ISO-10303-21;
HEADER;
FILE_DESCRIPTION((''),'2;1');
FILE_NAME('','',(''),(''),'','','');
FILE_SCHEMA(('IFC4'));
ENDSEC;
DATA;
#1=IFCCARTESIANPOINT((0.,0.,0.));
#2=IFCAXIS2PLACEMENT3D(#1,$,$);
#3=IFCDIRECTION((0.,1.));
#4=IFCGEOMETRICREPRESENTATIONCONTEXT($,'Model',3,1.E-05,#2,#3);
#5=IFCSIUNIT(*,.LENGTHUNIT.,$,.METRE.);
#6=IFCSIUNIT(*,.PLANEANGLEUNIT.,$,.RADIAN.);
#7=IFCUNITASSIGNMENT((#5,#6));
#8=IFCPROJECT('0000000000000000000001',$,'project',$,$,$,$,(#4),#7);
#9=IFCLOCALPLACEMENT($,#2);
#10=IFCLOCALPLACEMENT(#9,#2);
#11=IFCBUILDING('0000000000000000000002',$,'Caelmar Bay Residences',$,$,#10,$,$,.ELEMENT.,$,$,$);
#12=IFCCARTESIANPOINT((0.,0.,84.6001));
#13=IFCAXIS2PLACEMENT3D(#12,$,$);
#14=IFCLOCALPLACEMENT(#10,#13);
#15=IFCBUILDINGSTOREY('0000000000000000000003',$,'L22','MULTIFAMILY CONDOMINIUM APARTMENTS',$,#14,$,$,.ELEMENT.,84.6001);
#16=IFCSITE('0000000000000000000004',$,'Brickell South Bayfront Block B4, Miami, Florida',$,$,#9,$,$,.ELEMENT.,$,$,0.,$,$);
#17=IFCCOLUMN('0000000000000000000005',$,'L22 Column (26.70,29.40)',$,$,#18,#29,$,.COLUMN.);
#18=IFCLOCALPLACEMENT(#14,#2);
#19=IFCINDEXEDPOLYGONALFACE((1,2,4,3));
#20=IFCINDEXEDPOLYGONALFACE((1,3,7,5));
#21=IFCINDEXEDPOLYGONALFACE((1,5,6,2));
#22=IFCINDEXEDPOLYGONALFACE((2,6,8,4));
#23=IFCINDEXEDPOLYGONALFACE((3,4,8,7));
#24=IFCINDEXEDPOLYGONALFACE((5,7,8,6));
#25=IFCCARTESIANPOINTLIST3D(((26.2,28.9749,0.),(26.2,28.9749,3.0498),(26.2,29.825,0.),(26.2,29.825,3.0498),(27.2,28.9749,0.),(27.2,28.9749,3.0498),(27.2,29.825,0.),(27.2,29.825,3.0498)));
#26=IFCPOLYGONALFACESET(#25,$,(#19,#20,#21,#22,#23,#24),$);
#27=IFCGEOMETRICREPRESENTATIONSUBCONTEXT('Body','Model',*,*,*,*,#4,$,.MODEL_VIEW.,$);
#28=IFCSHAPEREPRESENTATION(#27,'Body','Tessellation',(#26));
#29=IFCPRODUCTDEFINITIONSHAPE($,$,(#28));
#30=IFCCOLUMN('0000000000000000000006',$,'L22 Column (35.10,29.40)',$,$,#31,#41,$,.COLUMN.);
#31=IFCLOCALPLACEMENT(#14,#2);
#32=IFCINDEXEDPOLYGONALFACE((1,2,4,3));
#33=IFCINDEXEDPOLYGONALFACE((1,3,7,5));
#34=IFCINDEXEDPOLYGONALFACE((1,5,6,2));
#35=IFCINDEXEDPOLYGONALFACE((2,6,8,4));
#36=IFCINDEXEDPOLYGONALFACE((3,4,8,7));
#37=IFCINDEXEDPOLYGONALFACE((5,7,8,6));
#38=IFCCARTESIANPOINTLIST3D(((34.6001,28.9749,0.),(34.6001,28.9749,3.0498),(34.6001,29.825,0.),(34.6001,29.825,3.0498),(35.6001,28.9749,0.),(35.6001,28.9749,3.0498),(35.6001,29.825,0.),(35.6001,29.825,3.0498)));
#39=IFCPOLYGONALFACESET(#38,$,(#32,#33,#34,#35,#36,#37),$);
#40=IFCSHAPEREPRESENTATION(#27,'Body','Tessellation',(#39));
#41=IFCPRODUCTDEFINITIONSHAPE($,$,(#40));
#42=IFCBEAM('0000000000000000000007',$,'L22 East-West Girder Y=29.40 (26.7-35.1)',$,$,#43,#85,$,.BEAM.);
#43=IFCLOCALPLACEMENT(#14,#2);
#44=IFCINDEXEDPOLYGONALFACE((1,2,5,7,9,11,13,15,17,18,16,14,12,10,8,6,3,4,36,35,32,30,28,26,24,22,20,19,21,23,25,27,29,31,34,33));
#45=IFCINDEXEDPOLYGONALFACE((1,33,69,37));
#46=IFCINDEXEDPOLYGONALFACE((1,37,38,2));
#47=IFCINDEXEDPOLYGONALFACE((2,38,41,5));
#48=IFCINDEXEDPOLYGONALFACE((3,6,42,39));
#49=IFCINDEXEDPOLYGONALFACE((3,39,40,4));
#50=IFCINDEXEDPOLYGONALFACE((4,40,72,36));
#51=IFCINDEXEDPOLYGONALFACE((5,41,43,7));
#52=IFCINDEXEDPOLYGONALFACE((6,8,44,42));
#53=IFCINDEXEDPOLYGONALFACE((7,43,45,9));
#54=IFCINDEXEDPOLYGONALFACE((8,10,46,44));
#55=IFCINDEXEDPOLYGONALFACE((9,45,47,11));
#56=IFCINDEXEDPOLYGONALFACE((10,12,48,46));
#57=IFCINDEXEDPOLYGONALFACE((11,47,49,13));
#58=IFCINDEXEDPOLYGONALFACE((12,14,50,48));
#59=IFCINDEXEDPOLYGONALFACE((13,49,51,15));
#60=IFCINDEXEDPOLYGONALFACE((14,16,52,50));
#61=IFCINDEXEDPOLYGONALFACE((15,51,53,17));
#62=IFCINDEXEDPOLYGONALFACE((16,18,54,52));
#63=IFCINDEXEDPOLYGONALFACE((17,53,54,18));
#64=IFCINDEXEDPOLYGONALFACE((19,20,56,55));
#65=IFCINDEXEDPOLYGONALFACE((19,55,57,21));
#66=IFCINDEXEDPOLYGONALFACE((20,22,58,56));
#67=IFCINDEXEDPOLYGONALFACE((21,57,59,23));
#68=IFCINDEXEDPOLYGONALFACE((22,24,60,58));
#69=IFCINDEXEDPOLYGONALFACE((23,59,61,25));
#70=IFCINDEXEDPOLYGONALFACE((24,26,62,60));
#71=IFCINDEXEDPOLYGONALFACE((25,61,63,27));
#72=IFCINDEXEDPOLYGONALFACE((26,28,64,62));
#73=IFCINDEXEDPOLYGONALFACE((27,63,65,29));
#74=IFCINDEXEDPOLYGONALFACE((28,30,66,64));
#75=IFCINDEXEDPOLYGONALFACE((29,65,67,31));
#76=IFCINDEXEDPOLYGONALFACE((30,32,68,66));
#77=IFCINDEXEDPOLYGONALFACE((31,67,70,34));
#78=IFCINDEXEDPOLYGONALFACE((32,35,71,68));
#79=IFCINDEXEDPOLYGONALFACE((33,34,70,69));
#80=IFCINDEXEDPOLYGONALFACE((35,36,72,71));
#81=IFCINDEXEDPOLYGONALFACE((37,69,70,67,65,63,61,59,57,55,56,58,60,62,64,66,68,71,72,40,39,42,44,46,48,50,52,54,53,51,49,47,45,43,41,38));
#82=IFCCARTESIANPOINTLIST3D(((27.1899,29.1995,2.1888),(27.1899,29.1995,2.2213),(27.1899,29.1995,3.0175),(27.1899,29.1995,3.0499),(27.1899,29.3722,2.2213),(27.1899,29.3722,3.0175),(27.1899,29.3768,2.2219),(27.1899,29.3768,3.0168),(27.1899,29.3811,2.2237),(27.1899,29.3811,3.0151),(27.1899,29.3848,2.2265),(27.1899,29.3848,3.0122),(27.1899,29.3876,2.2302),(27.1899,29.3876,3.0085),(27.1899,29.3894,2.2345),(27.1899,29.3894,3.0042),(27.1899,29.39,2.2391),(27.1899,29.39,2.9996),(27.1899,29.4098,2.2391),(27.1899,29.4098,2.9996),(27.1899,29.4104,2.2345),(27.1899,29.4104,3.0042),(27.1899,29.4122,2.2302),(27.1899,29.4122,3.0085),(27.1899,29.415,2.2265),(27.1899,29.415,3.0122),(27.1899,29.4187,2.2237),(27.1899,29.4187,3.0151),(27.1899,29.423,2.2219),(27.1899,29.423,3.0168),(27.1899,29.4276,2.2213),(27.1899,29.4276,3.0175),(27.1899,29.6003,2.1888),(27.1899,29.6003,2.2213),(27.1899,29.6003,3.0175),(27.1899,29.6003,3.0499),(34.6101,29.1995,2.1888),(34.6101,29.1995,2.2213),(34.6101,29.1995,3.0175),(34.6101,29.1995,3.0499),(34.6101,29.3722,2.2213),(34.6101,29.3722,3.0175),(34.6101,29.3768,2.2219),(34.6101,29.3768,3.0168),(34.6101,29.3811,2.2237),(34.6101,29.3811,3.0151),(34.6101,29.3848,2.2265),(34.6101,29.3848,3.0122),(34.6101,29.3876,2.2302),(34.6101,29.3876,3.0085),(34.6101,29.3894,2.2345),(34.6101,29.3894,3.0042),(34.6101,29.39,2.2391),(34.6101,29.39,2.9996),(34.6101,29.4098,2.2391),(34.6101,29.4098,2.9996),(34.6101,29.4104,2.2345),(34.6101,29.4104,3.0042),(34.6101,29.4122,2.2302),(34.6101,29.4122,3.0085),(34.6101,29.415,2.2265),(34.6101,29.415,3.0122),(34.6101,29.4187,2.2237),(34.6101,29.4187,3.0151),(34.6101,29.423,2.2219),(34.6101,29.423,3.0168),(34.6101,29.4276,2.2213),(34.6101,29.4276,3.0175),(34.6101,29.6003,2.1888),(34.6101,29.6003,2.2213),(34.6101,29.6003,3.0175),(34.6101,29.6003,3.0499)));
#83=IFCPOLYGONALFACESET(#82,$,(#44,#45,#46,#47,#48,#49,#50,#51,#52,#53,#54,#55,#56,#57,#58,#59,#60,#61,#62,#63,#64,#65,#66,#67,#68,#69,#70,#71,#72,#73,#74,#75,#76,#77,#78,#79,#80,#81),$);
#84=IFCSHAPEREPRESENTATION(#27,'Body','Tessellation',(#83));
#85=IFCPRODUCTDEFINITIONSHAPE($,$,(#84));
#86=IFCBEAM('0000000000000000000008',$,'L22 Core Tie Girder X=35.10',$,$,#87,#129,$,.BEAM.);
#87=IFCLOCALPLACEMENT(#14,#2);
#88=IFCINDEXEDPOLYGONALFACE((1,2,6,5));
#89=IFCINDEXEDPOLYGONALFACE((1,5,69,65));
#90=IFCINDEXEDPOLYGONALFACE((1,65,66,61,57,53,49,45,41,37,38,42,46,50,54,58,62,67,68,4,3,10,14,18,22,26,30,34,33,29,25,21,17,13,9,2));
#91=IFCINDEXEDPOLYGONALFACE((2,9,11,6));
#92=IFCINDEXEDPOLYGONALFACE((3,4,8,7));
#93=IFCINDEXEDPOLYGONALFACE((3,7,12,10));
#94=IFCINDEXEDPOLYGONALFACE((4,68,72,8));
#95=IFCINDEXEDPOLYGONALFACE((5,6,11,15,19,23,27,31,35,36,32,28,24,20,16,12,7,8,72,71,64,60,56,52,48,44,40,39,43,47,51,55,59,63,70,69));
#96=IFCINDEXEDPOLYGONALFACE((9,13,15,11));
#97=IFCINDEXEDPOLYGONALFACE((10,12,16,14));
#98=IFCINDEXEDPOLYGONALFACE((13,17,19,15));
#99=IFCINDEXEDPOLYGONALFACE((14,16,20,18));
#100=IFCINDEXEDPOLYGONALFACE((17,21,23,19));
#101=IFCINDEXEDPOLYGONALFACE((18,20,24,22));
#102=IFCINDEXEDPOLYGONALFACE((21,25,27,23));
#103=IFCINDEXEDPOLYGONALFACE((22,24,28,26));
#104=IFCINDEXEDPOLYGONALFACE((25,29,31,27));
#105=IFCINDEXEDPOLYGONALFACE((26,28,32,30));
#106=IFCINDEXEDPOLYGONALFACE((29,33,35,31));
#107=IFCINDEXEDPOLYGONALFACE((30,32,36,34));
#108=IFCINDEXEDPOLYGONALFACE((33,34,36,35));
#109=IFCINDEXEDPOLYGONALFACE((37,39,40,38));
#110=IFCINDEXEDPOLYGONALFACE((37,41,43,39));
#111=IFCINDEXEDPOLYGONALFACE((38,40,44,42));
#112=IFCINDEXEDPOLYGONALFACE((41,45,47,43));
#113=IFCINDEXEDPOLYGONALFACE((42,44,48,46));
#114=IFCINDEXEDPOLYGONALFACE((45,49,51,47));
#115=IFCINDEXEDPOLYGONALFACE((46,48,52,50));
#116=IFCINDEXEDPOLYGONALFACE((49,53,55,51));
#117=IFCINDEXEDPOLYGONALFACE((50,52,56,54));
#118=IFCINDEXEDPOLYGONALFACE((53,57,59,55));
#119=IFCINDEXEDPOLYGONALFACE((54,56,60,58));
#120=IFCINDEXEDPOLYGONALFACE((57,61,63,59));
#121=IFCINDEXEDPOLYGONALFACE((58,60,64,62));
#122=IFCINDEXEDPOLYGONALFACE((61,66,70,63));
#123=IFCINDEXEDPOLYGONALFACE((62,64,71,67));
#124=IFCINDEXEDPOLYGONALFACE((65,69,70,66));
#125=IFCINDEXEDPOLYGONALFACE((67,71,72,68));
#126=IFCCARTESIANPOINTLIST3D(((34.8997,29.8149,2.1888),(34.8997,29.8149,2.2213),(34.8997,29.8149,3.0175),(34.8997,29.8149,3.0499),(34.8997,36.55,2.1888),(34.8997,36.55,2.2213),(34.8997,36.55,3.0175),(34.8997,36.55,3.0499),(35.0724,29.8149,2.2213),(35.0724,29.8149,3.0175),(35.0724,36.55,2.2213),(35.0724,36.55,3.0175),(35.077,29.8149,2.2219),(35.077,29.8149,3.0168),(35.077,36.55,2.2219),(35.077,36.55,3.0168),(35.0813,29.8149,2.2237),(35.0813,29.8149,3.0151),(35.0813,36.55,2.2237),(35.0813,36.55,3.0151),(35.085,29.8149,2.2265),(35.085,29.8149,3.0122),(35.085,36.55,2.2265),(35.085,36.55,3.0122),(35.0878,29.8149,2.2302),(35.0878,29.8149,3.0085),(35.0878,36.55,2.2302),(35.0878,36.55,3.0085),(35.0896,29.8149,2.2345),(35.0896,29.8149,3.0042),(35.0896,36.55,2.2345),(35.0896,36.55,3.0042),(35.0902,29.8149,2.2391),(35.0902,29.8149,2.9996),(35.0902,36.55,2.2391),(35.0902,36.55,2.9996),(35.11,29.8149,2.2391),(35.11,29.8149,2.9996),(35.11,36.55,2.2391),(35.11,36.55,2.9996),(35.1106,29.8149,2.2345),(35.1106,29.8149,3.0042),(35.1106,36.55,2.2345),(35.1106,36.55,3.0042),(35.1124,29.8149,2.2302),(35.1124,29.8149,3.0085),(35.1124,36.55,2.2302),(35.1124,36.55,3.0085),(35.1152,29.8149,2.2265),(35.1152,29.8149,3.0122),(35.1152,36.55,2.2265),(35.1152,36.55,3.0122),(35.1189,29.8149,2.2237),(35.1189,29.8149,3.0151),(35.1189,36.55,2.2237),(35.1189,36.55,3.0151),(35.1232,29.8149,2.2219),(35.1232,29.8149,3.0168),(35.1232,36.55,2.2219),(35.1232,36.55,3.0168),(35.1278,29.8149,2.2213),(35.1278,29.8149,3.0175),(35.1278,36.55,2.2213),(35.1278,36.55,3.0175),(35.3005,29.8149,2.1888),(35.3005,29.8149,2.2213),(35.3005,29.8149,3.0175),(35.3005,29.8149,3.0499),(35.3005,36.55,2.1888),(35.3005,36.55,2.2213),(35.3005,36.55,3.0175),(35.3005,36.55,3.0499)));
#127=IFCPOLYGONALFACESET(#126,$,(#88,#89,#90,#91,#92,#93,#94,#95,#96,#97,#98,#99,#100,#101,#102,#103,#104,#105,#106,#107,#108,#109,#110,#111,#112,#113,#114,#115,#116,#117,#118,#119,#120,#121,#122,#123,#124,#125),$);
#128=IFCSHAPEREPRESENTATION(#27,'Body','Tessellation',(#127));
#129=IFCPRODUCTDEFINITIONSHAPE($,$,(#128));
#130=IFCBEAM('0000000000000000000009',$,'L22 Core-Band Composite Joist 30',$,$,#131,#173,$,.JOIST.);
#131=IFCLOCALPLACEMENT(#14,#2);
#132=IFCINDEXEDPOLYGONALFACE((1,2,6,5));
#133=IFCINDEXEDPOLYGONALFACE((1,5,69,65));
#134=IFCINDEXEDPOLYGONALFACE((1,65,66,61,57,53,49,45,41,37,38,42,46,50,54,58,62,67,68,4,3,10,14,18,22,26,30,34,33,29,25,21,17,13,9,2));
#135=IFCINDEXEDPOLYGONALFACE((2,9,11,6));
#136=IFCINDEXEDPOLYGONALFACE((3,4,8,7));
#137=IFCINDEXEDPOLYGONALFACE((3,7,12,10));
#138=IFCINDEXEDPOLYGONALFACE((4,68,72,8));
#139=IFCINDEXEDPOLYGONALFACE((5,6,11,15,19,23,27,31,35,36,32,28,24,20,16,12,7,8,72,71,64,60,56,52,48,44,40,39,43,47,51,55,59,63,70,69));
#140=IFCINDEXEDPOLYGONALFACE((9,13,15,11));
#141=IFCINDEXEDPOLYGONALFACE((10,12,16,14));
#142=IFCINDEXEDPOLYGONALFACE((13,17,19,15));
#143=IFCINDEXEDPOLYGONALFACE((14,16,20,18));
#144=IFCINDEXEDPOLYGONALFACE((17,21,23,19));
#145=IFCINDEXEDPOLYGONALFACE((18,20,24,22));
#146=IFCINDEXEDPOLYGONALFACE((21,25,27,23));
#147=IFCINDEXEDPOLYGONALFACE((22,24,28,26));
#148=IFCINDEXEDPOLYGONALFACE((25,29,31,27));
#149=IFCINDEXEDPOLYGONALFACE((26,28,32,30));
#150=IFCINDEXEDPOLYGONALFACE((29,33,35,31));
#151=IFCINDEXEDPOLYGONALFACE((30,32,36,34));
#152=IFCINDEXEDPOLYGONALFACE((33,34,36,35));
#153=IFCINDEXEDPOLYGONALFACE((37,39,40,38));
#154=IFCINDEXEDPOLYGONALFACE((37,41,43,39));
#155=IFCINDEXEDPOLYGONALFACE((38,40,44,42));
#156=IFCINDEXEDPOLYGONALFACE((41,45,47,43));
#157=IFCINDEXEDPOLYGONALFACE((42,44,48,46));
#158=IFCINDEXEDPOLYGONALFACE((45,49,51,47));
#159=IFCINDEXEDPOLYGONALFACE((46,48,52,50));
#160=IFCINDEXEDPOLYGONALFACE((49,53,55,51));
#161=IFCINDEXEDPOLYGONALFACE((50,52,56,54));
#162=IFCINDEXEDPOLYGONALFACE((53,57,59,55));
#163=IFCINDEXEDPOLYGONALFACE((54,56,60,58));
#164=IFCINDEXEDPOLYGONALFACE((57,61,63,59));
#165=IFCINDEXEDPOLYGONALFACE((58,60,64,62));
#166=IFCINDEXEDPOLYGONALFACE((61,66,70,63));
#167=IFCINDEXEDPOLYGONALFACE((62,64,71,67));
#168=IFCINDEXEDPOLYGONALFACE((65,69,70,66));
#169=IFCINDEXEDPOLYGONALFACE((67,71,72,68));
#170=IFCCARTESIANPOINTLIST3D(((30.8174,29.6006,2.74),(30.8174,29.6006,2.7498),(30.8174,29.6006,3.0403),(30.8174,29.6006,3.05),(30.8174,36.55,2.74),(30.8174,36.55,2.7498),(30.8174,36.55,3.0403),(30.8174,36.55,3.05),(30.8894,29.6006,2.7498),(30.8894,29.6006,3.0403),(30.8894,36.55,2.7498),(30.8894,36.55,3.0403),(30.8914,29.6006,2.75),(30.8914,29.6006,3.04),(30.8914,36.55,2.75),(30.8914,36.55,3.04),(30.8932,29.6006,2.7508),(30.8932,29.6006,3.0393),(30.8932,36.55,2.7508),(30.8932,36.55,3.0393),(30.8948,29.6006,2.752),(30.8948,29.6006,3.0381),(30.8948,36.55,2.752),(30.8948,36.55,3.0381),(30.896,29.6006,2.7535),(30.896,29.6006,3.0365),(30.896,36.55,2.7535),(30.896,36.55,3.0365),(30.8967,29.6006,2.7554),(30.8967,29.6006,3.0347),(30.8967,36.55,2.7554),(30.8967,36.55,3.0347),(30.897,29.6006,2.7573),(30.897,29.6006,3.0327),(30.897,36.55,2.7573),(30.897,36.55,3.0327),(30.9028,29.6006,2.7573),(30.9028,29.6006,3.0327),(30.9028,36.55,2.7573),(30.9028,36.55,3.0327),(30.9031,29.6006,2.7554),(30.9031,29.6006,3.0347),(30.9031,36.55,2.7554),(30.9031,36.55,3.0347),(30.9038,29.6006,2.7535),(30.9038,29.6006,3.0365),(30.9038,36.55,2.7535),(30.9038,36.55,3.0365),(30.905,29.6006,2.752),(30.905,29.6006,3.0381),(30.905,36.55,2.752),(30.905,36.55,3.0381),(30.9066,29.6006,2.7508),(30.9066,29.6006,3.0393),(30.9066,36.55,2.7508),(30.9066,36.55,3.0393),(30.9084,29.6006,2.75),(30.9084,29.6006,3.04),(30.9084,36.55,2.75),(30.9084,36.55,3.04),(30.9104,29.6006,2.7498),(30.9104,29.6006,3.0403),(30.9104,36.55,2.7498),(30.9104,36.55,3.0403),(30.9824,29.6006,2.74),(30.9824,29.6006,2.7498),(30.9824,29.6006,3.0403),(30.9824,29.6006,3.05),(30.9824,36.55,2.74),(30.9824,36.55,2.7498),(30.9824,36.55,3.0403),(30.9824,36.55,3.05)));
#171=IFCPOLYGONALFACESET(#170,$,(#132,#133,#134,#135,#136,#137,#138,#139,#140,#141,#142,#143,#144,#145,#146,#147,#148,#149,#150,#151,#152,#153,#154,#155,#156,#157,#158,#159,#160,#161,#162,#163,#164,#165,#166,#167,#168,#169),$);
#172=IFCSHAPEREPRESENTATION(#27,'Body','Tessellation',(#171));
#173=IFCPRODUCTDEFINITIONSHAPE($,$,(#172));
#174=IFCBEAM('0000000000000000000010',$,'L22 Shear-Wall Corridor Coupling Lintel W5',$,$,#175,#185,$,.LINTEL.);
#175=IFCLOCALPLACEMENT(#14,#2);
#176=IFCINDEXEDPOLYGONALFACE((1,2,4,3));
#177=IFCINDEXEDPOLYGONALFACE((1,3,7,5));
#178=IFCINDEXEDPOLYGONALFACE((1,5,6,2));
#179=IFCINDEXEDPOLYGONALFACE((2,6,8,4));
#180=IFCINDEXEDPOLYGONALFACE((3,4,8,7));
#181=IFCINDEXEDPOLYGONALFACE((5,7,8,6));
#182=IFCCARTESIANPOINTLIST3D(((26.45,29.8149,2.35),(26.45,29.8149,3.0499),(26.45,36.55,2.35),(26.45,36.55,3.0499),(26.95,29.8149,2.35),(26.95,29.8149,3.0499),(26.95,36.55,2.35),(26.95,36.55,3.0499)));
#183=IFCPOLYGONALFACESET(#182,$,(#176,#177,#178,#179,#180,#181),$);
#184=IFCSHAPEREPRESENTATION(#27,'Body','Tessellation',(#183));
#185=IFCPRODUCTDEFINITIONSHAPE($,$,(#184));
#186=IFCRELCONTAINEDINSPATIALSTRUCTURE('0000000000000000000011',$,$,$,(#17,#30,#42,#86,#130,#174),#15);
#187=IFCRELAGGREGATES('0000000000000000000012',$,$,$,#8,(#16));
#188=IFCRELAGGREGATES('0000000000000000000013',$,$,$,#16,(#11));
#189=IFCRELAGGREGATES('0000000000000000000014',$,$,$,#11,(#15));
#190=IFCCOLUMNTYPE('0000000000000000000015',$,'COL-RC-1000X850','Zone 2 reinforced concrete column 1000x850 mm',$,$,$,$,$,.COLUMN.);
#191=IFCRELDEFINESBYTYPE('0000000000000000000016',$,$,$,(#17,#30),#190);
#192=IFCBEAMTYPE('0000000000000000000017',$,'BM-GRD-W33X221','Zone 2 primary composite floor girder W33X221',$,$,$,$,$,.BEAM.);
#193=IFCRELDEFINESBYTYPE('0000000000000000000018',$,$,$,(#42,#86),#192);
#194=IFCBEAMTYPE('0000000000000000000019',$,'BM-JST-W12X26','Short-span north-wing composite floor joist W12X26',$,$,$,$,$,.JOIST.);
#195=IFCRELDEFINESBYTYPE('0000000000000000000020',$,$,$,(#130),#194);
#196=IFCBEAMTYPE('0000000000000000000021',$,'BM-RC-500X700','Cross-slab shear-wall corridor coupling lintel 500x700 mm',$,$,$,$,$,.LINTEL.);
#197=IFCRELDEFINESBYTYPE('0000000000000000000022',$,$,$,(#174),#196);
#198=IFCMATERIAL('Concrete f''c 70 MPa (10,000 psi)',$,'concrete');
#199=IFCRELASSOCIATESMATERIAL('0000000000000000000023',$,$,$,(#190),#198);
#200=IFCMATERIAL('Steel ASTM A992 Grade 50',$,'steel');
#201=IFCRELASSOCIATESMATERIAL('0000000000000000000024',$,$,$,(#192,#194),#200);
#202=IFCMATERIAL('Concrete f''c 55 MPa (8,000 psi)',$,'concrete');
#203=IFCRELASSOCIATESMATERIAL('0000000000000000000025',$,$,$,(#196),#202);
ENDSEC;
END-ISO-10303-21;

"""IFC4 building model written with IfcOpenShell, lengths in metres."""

from ifc_helpers import new_model, si_unit, direction, frame, origin, origin_2d, place, context, subcontext, project, spatial, rectangle, i_section, extrude, material, material_profile, profile_set, type_object, element, save


model = new_model("IFC4")

# Units and contexts
model_context = context("Model", 3, precision=1e-05, world=origin(), true_north=direction((0.0, 1.0)))
body_context = subcontext(model_context, "Body", "Model", "MODEL_VIEW")
ifc_project = project(units=[si_unit("LENGTHUNIT", "METRE"), si_unit("PLANEANGLEUNIT", "RADIAN")], contexts=[model_context])

# Site, building, storey
site_placement = place(None, origin())
site = spatial("IfcSite", under=ifc_project, at=site_placement, Name="Brickell South Bayfront Block B4, Miami, Florida", CompositionType="ELEMENT", RefElevation=0.0)
building_placement = place(site_placement, origin())
building = spatial("IfcBuilding", under=site, at=building_placement, Name="Caelmar Bay Residences", CompositionType="ELEMENT")
storey_placement = place(building_placement, frame((0.0, 0.0, 84.6001)))
storey = spatial("IfcBuildingStorey", under=building, at=storey_placement, Name="L22", Description="MULTIFAMILY CONDOMINIUM APARTMENTS", CompositionType="ELEMENT", Elevation=84.6001)

# Columns
ifc_material_1 = material(Name="Concrete f'c 70 MPa (10,000 psi)", Category="concrete")
ifc_material_profile_1 = material_profile(ifc_material_1, rectangle(XDim=1.0, YDim=0.8501, at=origin_2d()), Name="RC-COL-1000X850")
ifc_profile_set_1 = profile_set([ifc_material_profile_1], Name="Concrete f'c 70 MPa (10,000 psi)")
column_type = type_object("IfcColumnType", Name="COL-RC-1000X850", Description="Zone 2 reinforced concrete column 1000x850 mm", PredefinedType="COLUMN", material=ifc_profile_set_1)
for number, where, z_axis, x_axis, name in (
    (1, (26.7, 29.3999, 0.0), (0.0, 0.0, 1.0), (1.0, 0.0, 0.0), "L22 Column (26.70,29.40)"),
    (2, (35.1001, 29.3999, 0.0), (0.0, 0.0, 1.0), (1.0, 0.0, 0.0), "L22 Column (35.10,29.40)"),
):
    element("IfcColumn", number, at=place(storey_placement, frame(where, z_axis=z_axis, x_axis=x_axis)), inside=storey, type_object=column_type, Name=name, PredefinedType="COLUMN", context=body_context, shape_type="SweptSolid", body=[
        extrude(rectangle(XDim=1.0, YDim=0.8501, at=origin_2d()), origin(), (0.0, 0.0, 1.0), 3.0498),
    ])

# Beams
ifc_material_2 = material(Name="Steel ASTM A992 Grade 50", Category="steel")
ifc_material_profile_2 = material_profile(ifc_material_2, i_section(OverallWidth=0.4009, OverallDepth=0.8611, WebThickness=0.0198, FlangeThickness=0.0325, FilletRadius=0.0178, at=origin_2d()), Name="W33X221")
ifc_profile_set_2 = profile_set([ifc_material_profile_2], Name="Steel ASTM A992 Grade 50")
beam_type_1 = type_object("IfcBeamType", Name="BM-GRD-W33X221", Description="Zone 2 primary composite floor girder W33X221", PredefinedType="BEAM", material=ifc_profile_set_2)
beam_1_placement = place(storey_placement, frame((27.1899, 29.3999, 2.6194), z_axis=(1.0, 0.0, 0.0), x_axis=(0.0, 1.0, 0.0)))
element("IfcBeam", 3, at=beam_1_placement, inside=storey, type_object=beam_type_1, Name="L22 East-West Girder Y=29.40 (26.7-35.1)", PredefinedType="BEAM", context=body_context, shape_type="SweptSolid", body=[
    extrude(i_section(OverallWidth=0.4009, OverallDepth=0.8611, WebThickness=0.0198, FlangeThickness=0.0325, FilletRadius=0.0178, at=origin_2d()), origin(), (0.0, 0.0, 1.0), 7.4202),
])
beam_2_placement = place(storey_placement, frame((35.1001, 29.8149, 2.6194), z_axis=(0.0, 1.0, 0.0), x_axis=(-1.0, 0.0, 0.0)))
element("IfcBeam", 4, at=beam_2_placement, inside=storey, type_object=beam_type_1, Name="L22 Core Tie Girder X=35.10", PredefinedType="BEAM", context=body_context, shape_type="SweptSolid", body=[
    extrude(i_section(OverallWidth=0.4009, OverallDepth=0.8611, WebThickness=0.0198, FlangeThickness=0.0325, FilletRadius=0.0178, at=origin_2d()), origin(), (0.0, 0.0, 1.0), 6.7351),
])
ifc_material_profile_3 = material_profile(ifc_material_2, i_section(OverallWidth=0.165, OverallDepth=0.3101, WebThickness=0.0059, FlangeThickness=0.0098, FilletRadius=0.0076, at=origin_2d()), Name="W12X26")
ifc_profile_set_3 = profile_set([ifc_material_profile_3], Name="Steel ASTM A992 Grade 50")
beam_type_2 = type_object("IfcBeamType", Name="BM-JST-W12X26", Description="Short-span north-wing composite floor joist W12X26", PredefinedType="JOIST", material=ifc_profile_set_3)
beam_3_placement = place(storey_placement, frame((30.8999, 29.6006, 2.895), z_axis=(0.0, 1.0, 0.0), x_axis=(-1.0, 0.0, 0.0)))
element("IfcBeam", 5, at=beam_3_placement, inside=storey, type_object=beam_type_2, Name="L22 Core-Band Composite Joist 30", PredefinedType="JOIST", context=body_context, shape_type="SweptSolid", body=[
    extrude(i_section(OverallWidth=0.165, OverallDepth=0.3101, WebThickness=0.0059, FlangeThickness=0.0098, FilletRadius=0.0076, at=origin_2d()), origin(), (0.0, 0.0, 1.0), 6.9495),
])
ifc_material_3 = material(Name="Concrete f'c 55 MPa (8,000 psi)", Category="concrete")
ifc_material_profile_4 = material_profile(ifc_material_3, rectangle(XDim=0.5, YDim=0.7, at=origin_2d()), Name="RC-BM-500X700")
ifc_profile_set_4 = profile_set([ifc_material_profile_4], Name="Concrete f'c 55 MPa (8,000 psi)")
beam_type_3 = type_object("IfcBeamType", Name="BM-RC-500X700", Description="Cross-slab shear-wall corridor coupling lintel 500x700 mm", PredefinedType="LINTEL", material=ifc_profile_set_4)
beam_4_placement = place(storey_placement, frame((26.7, 29.8149, 2.7), z_axis=(0.0, 1.0, 0.0), x_axis=(-1.0, 0.0, 0.0)))
element("IfcBeam", 6, at=beam_4_placement, inside=storey, type_object=beam_type_3, Name="L22 Shear-Wall Corridor Coupling Lintel W5", PredefinedType="LINTEL", context=body_context, shape_type="SweptSolid", body=[
    extrude(rectangle(XDim=0.5, YDim=0.7, at=origin_2d()), origin(), (0.0, 0.0, 1.0), 6.7351),
])

save(model, "model.ifc")
